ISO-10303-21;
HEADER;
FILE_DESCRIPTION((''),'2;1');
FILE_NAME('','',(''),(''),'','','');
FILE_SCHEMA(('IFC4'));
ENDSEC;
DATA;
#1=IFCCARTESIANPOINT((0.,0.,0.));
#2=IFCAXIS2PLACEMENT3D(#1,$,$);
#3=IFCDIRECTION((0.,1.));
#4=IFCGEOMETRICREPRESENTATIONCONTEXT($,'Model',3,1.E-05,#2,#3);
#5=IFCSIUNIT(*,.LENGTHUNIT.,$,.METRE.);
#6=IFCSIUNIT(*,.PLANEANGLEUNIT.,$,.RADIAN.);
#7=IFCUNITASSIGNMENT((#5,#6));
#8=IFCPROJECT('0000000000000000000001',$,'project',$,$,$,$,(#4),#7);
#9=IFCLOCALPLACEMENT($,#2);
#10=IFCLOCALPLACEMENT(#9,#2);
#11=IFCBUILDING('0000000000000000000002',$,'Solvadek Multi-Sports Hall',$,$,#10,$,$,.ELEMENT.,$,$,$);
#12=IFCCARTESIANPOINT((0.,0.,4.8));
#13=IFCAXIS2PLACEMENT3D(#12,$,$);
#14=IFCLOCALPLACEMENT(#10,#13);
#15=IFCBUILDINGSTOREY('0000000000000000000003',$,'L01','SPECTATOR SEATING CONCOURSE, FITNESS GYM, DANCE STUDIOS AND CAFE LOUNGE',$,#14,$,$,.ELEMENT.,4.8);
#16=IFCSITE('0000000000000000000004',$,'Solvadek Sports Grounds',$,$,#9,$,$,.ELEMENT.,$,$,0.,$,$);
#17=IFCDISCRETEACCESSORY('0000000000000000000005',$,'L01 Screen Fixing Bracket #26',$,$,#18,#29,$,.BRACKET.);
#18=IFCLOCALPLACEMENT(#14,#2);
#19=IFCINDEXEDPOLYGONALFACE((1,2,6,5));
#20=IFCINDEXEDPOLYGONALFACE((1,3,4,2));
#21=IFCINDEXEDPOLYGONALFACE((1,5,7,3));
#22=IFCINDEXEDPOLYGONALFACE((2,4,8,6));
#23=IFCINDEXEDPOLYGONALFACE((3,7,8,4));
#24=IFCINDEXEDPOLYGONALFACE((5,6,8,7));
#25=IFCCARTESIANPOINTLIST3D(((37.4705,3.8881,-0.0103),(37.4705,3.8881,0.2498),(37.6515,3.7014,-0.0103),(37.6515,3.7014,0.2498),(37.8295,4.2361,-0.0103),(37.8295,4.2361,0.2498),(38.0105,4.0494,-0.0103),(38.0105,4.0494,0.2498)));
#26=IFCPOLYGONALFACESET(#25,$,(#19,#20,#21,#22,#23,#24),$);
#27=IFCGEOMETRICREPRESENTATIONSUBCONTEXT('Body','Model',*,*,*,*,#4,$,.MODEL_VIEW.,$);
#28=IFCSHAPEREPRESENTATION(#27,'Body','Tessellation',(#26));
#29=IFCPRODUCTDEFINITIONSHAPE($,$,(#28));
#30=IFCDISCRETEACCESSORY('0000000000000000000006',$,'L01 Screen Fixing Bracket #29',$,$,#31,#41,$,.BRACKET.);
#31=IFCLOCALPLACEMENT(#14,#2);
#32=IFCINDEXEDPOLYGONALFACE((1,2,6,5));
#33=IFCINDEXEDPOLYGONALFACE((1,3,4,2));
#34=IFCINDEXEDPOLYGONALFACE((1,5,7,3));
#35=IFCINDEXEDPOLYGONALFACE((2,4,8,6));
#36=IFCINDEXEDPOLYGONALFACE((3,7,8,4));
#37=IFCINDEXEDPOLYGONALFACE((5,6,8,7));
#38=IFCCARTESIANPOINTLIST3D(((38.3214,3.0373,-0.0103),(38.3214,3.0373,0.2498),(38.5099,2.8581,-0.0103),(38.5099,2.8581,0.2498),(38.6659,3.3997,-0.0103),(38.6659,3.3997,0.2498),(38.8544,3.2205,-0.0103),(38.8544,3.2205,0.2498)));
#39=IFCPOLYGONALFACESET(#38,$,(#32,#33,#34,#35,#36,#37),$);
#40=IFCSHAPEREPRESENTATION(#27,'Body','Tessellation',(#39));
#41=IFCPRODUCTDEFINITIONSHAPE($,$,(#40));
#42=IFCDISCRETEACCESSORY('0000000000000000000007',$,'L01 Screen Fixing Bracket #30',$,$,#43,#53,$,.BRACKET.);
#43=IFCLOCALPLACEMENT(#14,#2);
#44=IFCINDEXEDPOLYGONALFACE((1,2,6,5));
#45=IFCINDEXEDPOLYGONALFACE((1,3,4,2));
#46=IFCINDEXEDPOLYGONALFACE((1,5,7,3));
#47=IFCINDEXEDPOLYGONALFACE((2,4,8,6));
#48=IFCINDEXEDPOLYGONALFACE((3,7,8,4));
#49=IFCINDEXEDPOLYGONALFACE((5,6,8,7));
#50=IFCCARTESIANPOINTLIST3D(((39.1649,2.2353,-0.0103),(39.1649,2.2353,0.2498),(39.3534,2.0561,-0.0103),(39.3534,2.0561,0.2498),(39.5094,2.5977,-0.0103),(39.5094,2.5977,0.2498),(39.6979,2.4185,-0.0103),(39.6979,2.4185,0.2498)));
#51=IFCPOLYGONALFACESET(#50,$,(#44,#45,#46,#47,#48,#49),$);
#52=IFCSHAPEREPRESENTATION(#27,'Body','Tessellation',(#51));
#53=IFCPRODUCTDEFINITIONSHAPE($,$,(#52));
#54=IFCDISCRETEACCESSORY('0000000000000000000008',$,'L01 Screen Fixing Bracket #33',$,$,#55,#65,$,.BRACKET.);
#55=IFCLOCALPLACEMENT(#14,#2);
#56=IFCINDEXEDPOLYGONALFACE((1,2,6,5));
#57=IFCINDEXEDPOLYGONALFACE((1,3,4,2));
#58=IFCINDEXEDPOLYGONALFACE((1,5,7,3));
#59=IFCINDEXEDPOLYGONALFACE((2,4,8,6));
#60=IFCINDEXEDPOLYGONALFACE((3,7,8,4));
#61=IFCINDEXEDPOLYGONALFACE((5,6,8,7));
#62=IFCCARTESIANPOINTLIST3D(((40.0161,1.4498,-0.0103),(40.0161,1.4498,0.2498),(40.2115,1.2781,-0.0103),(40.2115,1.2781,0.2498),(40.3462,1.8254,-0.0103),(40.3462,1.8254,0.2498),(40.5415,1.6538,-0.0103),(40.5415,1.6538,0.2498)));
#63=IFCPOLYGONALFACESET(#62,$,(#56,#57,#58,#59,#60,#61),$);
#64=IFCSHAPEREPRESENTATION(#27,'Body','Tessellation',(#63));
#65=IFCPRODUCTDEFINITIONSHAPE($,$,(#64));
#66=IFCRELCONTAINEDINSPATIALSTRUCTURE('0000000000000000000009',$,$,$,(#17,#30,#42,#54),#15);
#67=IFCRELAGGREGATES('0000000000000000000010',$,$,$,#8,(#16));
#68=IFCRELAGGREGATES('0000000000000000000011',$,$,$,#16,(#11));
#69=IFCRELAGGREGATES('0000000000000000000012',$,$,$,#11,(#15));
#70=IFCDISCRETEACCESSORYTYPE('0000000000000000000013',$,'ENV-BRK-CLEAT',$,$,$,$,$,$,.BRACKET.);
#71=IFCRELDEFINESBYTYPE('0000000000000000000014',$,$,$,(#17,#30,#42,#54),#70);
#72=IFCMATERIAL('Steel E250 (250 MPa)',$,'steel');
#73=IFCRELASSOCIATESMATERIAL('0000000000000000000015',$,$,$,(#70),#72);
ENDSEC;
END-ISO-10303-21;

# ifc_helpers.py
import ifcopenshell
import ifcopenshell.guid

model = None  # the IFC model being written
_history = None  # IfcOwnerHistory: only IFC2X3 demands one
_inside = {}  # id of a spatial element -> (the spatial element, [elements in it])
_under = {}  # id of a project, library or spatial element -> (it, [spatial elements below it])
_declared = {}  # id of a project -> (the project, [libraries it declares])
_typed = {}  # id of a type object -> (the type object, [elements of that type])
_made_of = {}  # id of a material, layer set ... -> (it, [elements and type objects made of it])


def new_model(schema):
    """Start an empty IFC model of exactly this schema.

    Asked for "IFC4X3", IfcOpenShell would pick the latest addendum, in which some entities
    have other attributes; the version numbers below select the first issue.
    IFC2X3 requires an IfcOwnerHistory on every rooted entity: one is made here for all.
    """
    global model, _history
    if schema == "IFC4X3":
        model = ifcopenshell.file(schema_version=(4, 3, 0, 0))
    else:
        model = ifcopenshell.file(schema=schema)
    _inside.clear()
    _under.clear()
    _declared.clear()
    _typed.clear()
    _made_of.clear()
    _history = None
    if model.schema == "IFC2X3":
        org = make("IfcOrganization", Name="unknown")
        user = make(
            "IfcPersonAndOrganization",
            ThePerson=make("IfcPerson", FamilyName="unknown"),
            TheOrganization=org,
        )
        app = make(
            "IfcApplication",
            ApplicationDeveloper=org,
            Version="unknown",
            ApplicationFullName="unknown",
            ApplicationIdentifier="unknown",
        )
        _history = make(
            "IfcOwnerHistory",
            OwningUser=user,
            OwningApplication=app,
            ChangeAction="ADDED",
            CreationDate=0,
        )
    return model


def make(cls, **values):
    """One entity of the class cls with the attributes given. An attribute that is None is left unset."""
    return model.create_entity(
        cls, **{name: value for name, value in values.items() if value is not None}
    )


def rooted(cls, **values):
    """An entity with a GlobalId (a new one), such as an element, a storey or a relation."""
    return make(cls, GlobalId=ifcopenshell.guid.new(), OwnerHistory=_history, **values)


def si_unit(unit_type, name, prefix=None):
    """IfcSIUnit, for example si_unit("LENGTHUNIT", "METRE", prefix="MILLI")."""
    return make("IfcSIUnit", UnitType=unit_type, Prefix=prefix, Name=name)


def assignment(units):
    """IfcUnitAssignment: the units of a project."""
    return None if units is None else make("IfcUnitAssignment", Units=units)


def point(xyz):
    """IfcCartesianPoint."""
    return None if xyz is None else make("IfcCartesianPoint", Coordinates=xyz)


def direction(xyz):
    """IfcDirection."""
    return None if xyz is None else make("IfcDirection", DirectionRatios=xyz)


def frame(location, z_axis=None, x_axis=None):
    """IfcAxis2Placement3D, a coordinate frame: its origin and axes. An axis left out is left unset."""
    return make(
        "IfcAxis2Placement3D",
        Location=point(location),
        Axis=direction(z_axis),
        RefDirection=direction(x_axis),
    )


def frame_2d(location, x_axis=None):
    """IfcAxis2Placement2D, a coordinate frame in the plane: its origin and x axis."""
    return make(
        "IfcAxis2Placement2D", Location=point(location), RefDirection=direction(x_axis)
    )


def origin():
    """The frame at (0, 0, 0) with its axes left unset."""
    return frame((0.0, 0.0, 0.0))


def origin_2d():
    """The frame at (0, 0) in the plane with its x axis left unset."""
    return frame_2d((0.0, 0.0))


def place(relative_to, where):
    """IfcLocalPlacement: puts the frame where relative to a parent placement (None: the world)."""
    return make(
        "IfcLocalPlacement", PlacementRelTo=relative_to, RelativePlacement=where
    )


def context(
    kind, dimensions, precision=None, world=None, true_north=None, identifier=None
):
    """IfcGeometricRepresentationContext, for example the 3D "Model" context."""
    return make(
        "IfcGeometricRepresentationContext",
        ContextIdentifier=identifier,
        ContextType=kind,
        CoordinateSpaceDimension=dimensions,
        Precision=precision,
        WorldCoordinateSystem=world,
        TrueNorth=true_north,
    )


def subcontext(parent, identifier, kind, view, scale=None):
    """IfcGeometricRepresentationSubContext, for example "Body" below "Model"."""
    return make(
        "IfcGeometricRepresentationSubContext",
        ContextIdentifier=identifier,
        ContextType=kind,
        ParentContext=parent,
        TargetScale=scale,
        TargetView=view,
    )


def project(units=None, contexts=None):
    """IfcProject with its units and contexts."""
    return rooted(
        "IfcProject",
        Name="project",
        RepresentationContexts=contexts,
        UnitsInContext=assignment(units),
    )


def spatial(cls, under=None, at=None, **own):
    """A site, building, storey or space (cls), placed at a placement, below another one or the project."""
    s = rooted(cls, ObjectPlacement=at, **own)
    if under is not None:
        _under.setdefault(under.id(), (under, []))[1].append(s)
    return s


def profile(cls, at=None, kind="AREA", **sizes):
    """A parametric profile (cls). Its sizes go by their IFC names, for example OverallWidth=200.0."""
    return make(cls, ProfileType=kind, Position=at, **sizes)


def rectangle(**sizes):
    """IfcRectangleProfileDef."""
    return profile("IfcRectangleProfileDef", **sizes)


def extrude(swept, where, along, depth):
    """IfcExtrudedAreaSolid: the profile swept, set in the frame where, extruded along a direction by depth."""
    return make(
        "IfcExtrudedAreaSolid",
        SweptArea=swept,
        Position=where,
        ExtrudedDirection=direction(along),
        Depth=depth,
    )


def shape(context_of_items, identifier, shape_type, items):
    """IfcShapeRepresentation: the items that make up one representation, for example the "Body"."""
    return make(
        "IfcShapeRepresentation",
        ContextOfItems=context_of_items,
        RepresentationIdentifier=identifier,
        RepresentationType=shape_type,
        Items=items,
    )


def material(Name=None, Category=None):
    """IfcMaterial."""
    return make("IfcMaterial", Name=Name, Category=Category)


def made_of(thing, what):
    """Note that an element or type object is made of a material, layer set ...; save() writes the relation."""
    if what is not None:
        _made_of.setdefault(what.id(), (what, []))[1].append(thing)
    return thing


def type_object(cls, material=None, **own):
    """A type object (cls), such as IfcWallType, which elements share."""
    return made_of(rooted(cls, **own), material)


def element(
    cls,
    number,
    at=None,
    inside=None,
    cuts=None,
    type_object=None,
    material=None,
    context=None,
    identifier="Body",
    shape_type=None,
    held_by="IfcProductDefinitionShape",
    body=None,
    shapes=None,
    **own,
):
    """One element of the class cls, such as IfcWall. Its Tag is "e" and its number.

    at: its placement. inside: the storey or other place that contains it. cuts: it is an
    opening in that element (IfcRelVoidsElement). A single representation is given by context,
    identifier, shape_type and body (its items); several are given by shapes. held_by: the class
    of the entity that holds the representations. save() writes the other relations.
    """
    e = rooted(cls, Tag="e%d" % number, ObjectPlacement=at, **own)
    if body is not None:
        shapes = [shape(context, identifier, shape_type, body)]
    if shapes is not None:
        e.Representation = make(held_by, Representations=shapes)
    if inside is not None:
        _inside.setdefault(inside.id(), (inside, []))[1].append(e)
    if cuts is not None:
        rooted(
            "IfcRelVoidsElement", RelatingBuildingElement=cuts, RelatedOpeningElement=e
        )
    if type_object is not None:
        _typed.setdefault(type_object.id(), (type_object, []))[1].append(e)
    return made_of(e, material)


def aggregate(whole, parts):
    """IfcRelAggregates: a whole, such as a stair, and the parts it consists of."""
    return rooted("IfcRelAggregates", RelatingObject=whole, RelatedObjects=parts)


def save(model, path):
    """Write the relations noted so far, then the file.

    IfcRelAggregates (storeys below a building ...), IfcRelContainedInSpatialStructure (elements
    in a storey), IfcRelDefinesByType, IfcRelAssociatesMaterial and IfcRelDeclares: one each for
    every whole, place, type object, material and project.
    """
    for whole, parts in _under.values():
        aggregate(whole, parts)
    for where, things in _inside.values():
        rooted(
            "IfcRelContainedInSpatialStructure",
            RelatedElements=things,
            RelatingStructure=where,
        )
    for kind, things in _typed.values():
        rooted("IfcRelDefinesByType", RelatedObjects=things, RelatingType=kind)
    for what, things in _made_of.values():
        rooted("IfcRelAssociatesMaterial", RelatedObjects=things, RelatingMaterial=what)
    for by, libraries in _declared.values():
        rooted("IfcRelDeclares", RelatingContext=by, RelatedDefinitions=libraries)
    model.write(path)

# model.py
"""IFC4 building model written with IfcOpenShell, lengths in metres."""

from ifc_helpers import new_model, si_unit, direction, frame, origin, origin_2d, place, context, subcontext, project, spatial, rectangle, extrude, material, type_object, element, save


model = new_model("IFC4")

# Units and contexts
model_context = context("Model", 3, precision=1e-05, world=origin(), true_north=direction((0.0, 1.0)))
body_context = subcontext(model_context, "Body", "Model", "MODEL_VIEW")
ifc_project = project(units=[si_unit("LENGTHUNIT", "METRE"), si_unit("PLANEANGLEUNIT", "RADIAN")], contexts=[model_context])

# Site, building, storey
site_placement = place(None, origin())
site = spatial("IfcSite", under=ifc_project, at=site_placement, Name="Solvadek Sports Grounds", CompositionType="ELEMENT", RefElevation=0.0)
building_placement = place(site_placement, origin())
building = spatial("IfcBuilding", under=site, at=building_placement, Name="Solvadek Multi-Sports Hall", CompositionType="ELEMENT")
storey_placement = place(building_placement, frame((0.0, 0.0, 4.8)))
storey = spatial("IfcBuildingStorey", under=building, at=storey_placement, Name="L01", Description="SPECTATOR SEATING CONCOURSE, FITNESS GYM, DANCE STUDIOS AND CAFE LOUNGE", CompositionType="ELEMENT", Elevation=4.8)

# Discrete accessories
ifc_material_1 = material(Name="Steel E250 (250 MPa)", Category="steel")
discrete_accessory_type = type_object("IfcDiscreteAccessoryType", Name="ENV-BRK-CLEAT", PredefinedType="BRACKET", material=ifc_material_1)
for number, where, z_axis, x_axis, name in (
    (1, (37.7405, 3.9688, -0.0103), (0.0, 0.0, 1.0), (0.696005, -0.718037, 0.0), "L01 Screen Fixing Bracket #26"),
    (2, (38.5879, 3.1289, -0.0103), (0.0, 0.0, 1.0), (0.724733, -0.689029, 0.0), "L01 Screen Fixing Bracket #29"),
    (3, (39.4314, 2.3269, -0.0103), (0.0, 0.0, 1.0), (0.724733, -0.689029, 0.0), "L01 Screen Fixing Bracket #30"),
    (4, (40.2788, 1.5518, -0.0103), (0.0, 0.0, 1.0), (0.751215, -0.660057, 0.0), "L01 Screen Fixing Bracket #33"),
):
    element("IfcDiscreteAccessory", number, at=place(storey_placement, frame(where, z_axis=z_axis, x_axis=x_axis)), inside=storey, type_object=discrete_accessory_type, Name=name, PredefinedType="BRACKET", context=body_context, shape_type="SweptSolid", body=[
        extrude(rectangle(XDim=0.26, YDim=0.5, at=origin_2d()), origin(), (0.0, 0.0, 1.0), 0.26),
    ])

save(model, "model.ifc")
